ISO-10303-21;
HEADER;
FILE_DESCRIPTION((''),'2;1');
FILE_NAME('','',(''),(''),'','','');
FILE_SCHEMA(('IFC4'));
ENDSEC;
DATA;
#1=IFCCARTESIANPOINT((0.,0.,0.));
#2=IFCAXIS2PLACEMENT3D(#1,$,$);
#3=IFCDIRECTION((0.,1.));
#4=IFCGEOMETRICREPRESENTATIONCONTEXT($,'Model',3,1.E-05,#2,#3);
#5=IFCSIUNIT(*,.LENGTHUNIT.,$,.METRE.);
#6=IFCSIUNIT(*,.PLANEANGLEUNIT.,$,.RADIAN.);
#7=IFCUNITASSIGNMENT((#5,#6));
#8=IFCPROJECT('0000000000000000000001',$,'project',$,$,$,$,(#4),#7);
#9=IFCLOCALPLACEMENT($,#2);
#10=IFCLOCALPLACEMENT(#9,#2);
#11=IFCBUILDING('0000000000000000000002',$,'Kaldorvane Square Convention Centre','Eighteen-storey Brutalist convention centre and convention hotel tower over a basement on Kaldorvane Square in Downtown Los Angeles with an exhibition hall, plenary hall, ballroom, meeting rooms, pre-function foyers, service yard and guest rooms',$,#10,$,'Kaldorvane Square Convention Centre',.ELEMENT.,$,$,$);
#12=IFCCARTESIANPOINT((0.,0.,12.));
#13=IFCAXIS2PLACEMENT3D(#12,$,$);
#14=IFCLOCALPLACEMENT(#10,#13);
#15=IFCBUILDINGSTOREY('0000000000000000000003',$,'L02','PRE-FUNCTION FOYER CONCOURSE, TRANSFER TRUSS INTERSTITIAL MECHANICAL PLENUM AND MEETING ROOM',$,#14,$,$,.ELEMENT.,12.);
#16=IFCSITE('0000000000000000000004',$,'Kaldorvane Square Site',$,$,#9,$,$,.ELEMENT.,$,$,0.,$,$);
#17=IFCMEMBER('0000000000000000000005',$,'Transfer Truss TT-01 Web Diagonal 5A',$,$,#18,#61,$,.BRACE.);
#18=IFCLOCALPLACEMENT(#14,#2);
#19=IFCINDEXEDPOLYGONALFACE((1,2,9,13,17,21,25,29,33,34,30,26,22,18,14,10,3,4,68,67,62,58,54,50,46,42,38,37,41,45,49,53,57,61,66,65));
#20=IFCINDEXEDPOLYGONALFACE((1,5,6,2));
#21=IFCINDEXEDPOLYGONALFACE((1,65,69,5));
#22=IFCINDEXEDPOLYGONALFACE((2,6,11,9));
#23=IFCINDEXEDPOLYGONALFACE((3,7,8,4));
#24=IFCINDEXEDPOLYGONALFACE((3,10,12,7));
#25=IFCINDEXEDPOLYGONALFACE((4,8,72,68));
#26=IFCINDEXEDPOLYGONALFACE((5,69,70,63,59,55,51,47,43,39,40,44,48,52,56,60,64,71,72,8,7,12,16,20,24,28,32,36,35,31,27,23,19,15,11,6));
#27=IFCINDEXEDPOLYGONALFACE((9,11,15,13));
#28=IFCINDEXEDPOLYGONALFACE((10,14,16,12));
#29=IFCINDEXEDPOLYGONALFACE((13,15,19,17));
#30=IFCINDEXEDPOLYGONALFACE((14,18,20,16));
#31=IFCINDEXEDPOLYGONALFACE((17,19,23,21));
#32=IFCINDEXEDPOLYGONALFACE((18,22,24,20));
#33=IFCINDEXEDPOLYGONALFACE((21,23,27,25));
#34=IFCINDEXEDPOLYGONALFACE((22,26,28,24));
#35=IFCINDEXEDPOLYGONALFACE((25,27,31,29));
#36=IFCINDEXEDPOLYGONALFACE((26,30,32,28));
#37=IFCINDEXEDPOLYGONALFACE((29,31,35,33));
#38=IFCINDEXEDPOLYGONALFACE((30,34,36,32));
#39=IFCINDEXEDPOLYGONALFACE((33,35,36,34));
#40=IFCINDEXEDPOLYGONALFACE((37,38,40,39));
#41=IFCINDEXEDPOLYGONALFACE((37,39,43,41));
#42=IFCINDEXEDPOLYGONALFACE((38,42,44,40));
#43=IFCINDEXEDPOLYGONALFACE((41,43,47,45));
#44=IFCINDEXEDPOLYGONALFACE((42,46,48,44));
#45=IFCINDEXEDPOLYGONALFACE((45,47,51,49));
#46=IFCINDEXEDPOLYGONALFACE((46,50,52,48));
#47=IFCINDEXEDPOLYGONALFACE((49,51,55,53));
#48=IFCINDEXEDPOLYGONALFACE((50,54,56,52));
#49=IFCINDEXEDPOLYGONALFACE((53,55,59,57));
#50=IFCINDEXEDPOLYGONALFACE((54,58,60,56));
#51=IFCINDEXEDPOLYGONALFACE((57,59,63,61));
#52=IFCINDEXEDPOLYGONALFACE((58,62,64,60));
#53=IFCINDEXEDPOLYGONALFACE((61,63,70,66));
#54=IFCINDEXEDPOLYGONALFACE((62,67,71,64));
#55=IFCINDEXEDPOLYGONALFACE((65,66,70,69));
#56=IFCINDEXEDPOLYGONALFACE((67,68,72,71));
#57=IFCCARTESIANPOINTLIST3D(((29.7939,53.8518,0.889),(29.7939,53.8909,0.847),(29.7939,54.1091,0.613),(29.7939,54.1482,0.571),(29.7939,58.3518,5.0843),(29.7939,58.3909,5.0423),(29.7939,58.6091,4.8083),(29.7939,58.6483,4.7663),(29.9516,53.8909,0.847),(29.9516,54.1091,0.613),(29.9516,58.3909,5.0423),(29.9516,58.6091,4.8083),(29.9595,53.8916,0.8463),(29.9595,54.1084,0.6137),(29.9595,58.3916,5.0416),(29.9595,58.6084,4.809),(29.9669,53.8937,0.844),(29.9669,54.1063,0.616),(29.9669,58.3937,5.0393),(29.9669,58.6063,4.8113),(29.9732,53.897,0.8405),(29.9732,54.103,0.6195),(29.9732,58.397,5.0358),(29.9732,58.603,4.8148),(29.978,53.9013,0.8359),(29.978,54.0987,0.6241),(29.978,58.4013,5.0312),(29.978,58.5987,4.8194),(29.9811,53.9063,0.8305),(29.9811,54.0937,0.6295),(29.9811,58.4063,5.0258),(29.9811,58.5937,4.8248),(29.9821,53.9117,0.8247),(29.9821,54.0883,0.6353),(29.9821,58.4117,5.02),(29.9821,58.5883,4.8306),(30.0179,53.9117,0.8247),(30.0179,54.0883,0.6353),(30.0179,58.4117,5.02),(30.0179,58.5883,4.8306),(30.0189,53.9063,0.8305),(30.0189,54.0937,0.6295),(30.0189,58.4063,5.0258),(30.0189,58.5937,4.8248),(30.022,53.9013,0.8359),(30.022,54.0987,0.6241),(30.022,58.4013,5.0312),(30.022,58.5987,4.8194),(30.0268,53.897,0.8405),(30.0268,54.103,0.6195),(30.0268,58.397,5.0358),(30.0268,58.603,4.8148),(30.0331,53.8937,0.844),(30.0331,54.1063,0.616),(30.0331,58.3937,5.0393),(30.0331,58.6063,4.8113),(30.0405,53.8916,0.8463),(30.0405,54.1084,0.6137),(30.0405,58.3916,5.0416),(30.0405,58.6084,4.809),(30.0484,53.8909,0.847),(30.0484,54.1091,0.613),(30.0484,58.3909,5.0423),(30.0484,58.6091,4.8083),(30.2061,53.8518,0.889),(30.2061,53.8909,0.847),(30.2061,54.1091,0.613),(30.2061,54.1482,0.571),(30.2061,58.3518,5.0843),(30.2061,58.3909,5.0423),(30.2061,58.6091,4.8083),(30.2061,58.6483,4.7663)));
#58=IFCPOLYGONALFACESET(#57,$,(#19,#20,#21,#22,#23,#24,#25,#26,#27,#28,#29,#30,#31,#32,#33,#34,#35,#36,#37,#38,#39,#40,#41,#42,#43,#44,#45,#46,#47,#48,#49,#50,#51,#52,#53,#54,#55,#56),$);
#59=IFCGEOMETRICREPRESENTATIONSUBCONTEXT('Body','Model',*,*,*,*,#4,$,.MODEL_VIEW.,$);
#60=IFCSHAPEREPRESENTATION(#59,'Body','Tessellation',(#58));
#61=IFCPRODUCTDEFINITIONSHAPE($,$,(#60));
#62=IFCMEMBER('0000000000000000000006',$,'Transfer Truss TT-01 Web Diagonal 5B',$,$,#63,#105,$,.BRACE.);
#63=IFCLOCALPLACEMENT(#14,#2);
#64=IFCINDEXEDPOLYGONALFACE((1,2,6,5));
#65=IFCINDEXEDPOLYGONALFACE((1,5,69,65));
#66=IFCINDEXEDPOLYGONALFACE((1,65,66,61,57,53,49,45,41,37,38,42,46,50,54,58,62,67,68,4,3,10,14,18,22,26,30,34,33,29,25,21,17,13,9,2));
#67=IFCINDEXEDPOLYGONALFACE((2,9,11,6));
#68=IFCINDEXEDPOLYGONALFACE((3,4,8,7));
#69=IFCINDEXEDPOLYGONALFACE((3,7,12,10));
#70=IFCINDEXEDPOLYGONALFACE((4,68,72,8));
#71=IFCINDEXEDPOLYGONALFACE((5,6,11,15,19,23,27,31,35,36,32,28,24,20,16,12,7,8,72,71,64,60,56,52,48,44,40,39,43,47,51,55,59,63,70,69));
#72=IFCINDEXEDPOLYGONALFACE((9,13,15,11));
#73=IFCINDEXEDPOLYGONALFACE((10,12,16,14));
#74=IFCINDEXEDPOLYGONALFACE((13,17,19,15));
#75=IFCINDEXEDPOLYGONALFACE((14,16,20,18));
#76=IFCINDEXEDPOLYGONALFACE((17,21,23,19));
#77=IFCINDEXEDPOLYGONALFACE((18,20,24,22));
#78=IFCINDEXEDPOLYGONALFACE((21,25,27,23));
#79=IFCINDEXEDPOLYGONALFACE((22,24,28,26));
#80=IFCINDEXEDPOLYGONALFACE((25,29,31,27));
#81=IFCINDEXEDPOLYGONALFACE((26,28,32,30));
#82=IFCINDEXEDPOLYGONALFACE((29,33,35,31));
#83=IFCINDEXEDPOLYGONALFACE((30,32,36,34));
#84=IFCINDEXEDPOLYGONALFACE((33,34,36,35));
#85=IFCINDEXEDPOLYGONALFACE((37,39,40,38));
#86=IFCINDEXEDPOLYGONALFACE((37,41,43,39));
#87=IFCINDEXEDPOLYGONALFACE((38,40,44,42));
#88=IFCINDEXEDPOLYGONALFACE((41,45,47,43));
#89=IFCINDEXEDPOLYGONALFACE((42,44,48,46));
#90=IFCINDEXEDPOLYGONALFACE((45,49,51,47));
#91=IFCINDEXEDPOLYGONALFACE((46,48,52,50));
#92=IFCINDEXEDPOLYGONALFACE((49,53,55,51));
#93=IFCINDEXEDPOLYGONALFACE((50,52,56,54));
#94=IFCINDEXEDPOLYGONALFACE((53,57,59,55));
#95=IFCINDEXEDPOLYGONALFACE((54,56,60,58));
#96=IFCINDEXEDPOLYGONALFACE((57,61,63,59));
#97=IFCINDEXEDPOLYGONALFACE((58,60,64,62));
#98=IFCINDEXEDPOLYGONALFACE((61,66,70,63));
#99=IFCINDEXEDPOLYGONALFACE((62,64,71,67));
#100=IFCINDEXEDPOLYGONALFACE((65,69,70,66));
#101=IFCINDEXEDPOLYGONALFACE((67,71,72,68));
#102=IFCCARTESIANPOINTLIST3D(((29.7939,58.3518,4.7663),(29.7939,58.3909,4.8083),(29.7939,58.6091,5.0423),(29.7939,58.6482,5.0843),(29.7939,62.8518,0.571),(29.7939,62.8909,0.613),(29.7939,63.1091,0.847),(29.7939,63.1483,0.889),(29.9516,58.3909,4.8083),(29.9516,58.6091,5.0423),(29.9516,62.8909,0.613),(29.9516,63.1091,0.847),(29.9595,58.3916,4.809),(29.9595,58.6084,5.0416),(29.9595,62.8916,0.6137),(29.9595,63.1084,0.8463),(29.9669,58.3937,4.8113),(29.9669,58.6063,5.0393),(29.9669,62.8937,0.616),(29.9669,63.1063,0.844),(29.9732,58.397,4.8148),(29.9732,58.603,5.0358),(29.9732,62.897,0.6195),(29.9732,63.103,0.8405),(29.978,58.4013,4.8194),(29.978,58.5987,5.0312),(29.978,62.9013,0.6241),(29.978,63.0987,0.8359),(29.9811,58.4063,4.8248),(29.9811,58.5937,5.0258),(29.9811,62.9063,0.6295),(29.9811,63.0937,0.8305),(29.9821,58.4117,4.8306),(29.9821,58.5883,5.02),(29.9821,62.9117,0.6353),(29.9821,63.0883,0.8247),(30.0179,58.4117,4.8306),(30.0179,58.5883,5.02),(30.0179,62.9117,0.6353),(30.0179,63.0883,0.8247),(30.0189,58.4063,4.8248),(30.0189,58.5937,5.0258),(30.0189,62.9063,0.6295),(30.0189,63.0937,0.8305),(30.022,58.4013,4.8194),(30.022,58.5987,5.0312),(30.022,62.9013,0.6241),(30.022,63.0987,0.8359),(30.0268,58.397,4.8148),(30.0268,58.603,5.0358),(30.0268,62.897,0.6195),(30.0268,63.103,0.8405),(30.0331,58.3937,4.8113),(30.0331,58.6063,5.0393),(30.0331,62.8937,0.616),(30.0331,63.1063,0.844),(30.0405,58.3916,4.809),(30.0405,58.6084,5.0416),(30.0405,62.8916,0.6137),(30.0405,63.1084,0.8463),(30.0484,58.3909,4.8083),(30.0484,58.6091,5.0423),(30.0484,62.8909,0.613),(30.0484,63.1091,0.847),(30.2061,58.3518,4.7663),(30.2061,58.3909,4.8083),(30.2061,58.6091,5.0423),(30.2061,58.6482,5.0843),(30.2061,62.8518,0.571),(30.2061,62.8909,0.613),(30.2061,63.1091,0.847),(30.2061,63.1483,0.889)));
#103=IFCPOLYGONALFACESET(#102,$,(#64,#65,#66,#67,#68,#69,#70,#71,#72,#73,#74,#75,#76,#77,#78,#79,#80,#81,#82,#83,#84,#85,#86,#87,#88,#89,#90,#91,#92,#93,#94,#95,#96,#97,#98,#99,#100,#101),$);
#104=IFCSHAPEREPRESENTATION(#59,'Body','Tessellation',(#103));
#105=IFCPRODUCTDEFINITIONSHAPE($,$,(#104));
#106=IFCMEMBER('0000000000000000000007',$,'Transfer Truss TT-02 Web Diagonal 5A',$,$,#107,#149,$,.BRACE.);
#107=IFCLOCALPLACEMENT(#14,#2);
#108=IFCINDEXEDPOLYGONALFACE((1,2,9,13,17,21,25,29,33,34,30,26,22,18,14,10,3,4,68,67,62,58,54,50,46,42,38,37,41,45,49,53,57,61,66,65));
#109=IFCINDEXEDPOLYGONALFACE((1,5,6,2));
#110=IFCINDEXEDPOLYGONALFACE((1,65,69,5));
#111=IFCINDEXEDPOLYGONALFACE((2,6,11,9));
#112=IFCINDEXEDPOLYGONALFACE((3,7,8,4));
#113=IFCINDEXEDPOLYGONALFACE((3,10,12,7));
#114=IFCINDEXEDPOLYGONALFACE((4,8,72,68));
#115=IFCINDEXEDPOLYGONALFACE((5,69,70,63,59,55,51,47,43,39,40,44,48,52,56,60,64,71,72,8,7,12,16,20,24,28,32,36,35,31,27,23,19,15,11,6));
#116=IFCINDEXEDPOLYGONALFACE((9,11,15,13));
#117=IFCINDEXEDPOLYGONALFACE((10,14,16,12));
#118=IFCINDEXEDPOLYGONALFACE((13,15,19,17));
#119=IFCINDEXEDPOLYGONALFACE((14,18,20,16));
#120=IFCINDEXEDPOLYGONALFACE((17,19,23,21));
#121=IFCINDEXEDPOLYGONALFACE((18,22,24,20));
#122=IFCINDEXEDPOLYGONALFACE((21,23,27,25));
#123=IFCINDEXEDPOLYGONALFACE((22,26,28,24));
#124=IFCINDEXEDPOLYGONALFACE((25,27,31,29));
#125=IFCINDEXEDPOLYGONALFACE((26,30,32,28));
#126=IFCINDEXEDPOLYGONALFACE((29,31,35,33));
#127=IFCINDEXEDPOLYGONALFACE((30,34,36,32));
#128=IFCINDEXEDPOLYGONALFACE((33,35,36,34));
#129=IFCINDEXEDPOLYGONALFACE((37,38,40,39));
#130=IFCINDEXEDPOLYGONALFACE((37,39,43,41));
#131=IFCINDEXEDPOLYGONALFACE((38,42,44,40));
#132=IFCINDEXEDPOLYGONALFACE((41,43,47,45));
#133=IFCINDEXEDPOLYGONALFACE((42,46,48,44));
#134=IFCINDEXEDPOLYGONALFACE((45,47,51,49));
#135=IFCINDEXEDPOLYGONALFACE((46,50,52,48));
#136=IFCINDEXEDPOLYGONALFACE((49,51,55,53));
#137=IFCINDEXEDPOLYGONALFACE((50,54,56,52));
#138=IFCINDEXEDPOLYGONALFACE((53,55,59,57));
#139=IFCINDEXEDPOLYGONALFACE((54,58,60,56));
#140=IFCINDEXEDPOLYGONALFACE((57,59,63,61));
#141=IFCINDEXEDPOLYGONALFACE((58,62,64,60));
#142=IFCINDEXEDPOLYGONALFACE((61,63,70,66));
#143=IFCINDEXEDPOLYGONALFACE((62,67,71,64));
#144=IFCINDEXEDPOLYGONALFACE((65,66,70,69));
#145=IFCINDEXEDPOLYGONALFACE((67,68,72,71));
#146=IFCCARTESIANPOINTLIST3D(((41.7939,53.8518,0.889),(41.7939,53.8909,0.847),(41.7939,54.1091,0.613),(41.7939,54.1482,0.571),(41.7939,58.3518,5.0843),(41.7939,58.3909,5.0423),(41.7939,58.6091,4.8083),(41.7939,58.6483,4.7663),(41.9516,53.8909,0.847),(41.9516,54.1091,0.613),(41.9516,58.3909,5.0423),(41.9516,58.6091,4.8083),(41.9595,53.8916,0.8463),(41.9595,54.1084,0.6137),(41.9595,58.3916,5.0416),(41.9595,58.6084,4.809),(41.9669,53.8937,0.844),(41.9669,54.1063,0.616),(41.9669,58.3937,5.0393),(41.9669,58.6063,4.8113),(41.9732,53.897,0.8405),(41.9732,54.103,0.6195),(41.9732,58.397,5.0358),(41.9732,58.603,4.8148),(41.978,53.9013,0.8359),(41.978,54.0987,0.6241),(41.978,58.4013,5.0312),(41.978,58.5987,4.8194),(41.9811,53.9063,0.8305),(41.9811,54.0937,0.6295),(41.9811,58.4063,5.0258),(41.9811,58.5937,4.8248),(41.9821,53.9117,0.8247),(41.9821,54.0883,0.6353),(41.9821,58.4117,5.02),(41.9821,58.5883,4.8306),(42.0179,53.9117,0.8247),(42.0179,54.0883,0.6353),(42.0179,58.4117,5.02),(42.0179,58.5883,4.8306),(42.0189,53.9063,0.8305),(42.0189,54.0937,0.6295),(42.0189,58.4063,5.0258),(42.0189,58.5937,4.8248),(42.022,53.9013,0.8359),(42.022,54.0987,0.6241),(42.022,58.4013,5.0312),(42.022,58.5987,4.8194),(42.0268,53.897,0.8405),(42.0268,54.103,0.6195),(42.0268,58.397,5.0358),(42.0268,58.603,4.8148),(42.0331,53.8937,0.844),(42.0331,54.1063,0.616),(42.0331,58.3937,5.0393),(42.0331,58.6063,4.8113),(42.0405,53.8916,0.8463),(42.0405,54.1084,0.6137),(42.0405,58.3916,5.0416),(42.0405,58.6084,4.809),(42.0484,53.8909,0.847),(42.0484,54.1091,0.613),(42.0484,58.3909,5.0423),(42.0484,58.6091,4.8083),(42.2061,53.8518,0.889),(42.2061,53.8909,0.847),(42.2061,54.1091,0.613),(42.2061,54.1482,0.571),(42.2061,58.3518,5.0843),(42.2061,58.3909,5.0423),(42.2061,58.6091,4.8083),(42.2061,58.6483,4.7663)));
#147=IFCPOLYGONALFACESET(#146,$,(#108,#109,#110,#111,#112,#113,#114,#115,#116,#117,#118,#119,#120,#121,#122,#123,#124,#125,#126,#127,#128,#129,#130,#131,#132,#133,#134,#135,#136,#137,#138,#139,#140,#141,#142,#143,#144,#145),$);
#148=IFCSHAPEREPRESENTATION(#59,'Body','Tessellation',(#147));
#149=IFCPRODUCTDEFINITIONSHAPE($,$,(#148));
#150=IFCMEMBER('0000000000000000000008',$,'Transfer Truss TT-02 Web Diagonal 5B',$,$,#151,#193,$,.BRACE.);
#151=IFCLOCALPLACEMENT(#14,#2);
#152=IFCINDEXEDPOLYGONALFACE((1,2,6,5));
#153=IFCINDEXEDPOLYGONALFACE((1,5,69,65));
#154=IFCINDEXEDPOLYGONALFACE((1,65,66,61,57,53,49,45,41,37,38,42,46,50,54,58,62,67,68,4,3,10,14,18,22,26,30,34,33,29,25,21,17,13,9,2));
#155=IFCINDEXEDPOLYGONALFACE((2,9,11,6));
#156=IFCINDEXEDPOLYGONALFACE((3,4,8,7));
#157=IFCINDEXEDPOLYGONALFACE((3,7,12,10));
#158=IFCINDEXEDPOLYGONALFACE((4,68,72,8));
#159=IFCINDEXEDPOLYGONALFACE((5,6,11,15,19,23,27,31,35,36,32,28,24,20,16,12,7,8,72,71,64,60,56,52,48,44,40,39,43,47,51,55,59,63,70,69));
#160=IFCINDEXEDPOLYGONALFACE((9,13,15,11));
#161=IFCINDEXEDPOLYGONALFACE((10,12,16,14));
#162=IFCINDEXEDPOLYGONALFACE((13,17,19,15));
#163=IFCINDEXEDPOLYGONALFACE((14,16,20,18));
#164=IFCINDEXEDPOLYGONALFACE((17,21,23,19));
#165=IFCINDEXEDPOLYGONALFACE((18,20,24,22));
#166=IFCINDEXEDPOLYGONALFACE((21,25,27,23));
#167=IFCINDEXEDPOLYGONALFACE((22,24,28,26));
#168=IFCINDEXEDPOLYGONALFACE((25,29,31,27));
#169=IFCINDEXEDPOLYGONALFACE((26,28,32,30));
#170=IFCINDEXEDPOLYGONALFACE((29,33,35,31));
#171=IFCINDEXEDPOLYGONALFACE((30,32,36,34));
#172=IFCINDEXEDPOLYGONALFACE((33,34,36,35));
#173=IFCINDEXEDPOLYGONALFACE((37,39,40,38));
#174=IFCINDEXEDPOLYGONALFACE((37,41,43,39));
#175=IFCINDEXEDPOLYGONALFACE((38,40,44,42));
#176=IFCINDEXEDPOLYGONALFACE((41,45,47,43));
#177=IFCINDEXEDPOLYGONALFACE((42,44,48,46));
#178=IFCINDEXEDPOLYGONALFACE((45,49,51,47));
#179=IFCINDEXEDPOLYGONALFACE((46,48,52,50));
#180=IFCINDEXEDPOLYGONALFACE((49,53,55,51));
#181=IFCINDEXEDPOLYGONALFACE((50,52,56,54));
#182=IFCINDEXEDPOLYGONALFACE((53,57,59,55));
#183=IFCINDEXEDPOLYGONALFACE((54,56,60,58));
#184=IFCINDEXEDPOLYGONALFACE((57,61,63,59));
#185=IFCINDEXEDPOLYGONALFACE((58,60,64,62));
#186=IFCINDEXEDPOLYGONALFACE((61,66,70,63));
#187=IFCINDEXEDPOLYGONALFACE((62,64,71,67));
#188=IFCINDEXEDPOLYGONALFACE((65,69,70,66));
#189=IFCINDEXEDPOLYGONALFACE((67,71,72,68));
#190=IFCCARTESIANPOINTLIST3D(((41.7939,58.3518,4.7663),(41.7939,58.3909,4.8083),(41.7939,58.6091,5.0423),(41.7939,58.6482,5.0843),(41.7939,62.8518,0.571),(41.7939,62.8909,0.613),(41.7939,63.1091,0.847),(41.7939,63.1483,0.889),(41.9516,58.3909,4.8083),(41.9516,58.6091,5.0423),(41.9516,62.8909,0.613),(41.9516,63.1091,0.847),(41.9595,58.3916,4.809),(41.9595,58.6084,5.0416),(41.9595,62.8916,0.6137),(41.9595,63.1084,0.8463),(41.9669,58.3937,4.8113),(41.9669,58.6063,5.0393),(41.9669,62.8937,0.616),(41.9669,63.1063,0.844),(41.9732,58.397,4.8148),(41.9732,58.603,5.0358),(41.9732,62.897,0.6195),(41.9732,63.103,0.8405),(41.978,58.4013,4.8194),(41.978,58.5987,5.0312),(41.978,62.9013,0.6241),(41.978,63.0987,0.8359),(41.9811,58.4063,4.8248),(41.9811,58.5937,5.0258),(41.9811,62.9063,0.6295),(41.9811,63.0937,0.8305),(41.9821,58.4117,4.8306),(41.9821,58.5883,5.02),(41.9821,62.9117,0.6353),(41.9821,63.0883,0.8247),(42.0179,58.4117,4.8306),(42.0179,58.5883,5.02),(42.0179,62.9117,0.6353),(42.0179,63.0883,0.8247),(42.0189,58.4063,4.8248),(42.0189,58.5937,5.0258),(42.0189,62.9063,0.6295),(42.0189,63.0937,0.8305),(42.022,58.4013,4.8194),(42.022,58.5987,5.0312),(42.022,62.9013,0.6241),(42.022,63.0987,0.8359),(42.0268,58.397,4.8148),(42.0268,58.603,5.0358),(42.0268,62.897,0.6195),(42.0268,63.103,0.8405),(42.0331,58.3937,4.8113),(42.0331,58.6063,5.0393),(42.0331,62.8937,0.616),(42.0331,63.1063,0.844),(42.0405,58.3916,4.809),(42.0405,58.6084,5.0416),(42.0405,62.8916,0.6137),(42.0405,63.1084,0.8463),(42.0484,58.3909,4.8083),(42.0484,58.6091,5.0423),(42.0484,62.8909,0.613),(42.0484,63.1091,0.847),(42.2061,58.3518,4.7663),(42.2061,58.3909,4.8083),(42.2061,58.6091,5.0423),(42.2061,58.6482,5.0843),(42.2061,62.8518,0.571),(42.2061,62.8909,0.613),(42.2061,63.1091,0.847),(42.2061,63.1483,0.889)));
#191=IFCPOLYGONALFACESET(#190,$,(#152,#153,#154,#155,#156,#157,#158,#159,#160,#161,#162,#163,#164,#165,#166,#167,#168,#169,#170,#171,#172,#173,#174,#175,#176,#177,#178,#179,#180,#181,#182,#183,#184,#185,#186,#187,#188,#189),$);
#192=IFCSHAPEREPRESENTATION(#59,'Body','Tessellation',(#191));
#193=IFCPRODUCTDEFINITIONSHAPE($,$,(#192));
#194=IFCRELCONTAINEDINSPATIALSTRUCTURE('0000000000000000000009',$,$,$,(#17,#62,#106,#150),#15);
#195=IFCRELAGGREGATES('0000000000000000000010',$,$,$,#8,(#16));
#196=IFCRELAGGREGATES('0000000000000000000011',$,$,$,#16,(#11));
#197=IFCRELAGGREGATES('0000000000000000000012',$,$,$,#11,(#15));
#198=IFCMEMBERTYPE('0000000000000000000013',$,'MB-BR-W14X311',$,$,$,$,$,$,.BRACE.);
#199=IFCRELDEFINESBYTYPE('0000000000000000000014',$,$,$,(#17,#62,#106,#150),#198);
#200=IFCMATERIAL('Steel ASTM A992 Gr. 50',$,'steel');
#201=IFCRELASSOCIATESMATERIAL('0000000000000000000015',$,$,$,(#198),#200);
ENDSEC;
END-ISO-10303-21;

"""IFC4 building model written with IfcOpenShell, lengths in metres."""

from ifc_helpers import new_model, si_unit, direction, frame, origin, origin_2d, place, context, subcontext, project, spatial, i_section, extrude, material, material_profile, profile_set, type_object, element, save


model = new_model("IFC4")

# Units and contexts
model_context = context("Model", 3, precision=1e-05, world=origin(), true_north=direction((0.0, 1.0)))
body_context = subcontext(model_context, "Body", "Model", "MODEL_VIEW")
ifc_project = project(units=[si_unit("LENGTHUNIT", "METRE"), si_unit("PLANEANGLEUNIT", "RADIAN")], contexts=[model_context])

# Site, building, storey
site_placement = place(None, origin())
site = spatial("IfcSite", under=ifc_project, at=site_placement, Name="Kaldorvane Square Site", CompositionType="ELEMENT", RefElevation=0.0)
building_placement = place(site_placement, origin())
building = spatial("IfcBuilding", under=site, at=building_placement, Name="Kaldorvane Square Convention Centre", Description="Eighteen-storey Brutalist convention centre and convention hotel tower over a basement on Kaldorvane Square in Downtown Los Angeles with an exhibition hall, plenary hall, ballroom, meeting rooms, pre-function foyers, service yard and guest rooms", LongName="Kaldorvane Square Convention Centre", CompositionType="ELEMENT")
storey_placement = place(building_placement, frame((0.0, 0.0, 12.0)))
storey = spatial("IfcBuildingStorey", under=building, at=storey_placement, Name="L02", Description="PRE-FUNCTION FOYER CONCOURSE, TRANSFER TRUSS INTERSTITIAL MECHANICAL PLENUM AND MEETING ROOM", CompositionType="ELEMENT", Elevation=12.0)

# Shared definitions
ifc_material = material(Name="Steel ASTM A992 Gr. 50", Category="steel")

# Members
ifc_material_profile_1 = material_profile(ifc_material, i_section(OverallWidth=0.4122, OverallDepth=0.4348, WebThickness=0.0358, FlangeThickness=0.0574, FilletRadius=0.0305, at=origin_2d()), Name="W14X311")
ifc_profile_set_1 = profile_set([ifc_material_profile_1], Name="Steel ASTM A992 Gr. 50")
member_type_1 = type_object("IfcMemberType", Name="MB-BR-W14X311", PredefinedType="BRACE", material=ifc_profile_set_1)
for number, where, z_axis, x_axis, name in (
    (1, (30.0, 54.0, 0.73), (0.0, 0.731436, 0.68191), (-1.0, 0.0, 0.0), "Transfer Truss TT-01 Web Diagonal 5A"),
    (2, (30.0, 58.5, 4.9253), (0.0, 0.731436, -0.68191), (-1.0, 0.0, 0.0), "Transfer Truss TT-01 Web Diagonal 5B"),
    (3, (42.0, 54.0, 0.73), (0.0, 0.731436, 0.68191), (-1.0, 0.0, 0.0), "Transfer Truss TT-02 Web Diagonal 5A"),
    (4, (42.0, 58.5, 4.9253), (0.0, 0.731436, -0.68191), (-1.0, 0.0, 0.0), "Transfer Truss TT-02 Web Diagonal 5B"),
):
    element("IfcMember", number, at=place(storey_placement, frame(where, z_axis=z_axis, x_axis=x_axis)), inside=storey, type_object=member_type_1, Name=name, PredefinedType="BRACE", context=body_context, shape_type="SweptSolid", body=[
        extrude(i_section(OverallWidth=0.4122, OverallDepth=0.4348, WebThickness=0.0358, FlangeThickness=0.0574, FilletRadius=0.0305, at=origin_2d()), origin(), (0.0, 0.0, 1.0), 6.1523),
    ])

save(model, "model.ifc")
